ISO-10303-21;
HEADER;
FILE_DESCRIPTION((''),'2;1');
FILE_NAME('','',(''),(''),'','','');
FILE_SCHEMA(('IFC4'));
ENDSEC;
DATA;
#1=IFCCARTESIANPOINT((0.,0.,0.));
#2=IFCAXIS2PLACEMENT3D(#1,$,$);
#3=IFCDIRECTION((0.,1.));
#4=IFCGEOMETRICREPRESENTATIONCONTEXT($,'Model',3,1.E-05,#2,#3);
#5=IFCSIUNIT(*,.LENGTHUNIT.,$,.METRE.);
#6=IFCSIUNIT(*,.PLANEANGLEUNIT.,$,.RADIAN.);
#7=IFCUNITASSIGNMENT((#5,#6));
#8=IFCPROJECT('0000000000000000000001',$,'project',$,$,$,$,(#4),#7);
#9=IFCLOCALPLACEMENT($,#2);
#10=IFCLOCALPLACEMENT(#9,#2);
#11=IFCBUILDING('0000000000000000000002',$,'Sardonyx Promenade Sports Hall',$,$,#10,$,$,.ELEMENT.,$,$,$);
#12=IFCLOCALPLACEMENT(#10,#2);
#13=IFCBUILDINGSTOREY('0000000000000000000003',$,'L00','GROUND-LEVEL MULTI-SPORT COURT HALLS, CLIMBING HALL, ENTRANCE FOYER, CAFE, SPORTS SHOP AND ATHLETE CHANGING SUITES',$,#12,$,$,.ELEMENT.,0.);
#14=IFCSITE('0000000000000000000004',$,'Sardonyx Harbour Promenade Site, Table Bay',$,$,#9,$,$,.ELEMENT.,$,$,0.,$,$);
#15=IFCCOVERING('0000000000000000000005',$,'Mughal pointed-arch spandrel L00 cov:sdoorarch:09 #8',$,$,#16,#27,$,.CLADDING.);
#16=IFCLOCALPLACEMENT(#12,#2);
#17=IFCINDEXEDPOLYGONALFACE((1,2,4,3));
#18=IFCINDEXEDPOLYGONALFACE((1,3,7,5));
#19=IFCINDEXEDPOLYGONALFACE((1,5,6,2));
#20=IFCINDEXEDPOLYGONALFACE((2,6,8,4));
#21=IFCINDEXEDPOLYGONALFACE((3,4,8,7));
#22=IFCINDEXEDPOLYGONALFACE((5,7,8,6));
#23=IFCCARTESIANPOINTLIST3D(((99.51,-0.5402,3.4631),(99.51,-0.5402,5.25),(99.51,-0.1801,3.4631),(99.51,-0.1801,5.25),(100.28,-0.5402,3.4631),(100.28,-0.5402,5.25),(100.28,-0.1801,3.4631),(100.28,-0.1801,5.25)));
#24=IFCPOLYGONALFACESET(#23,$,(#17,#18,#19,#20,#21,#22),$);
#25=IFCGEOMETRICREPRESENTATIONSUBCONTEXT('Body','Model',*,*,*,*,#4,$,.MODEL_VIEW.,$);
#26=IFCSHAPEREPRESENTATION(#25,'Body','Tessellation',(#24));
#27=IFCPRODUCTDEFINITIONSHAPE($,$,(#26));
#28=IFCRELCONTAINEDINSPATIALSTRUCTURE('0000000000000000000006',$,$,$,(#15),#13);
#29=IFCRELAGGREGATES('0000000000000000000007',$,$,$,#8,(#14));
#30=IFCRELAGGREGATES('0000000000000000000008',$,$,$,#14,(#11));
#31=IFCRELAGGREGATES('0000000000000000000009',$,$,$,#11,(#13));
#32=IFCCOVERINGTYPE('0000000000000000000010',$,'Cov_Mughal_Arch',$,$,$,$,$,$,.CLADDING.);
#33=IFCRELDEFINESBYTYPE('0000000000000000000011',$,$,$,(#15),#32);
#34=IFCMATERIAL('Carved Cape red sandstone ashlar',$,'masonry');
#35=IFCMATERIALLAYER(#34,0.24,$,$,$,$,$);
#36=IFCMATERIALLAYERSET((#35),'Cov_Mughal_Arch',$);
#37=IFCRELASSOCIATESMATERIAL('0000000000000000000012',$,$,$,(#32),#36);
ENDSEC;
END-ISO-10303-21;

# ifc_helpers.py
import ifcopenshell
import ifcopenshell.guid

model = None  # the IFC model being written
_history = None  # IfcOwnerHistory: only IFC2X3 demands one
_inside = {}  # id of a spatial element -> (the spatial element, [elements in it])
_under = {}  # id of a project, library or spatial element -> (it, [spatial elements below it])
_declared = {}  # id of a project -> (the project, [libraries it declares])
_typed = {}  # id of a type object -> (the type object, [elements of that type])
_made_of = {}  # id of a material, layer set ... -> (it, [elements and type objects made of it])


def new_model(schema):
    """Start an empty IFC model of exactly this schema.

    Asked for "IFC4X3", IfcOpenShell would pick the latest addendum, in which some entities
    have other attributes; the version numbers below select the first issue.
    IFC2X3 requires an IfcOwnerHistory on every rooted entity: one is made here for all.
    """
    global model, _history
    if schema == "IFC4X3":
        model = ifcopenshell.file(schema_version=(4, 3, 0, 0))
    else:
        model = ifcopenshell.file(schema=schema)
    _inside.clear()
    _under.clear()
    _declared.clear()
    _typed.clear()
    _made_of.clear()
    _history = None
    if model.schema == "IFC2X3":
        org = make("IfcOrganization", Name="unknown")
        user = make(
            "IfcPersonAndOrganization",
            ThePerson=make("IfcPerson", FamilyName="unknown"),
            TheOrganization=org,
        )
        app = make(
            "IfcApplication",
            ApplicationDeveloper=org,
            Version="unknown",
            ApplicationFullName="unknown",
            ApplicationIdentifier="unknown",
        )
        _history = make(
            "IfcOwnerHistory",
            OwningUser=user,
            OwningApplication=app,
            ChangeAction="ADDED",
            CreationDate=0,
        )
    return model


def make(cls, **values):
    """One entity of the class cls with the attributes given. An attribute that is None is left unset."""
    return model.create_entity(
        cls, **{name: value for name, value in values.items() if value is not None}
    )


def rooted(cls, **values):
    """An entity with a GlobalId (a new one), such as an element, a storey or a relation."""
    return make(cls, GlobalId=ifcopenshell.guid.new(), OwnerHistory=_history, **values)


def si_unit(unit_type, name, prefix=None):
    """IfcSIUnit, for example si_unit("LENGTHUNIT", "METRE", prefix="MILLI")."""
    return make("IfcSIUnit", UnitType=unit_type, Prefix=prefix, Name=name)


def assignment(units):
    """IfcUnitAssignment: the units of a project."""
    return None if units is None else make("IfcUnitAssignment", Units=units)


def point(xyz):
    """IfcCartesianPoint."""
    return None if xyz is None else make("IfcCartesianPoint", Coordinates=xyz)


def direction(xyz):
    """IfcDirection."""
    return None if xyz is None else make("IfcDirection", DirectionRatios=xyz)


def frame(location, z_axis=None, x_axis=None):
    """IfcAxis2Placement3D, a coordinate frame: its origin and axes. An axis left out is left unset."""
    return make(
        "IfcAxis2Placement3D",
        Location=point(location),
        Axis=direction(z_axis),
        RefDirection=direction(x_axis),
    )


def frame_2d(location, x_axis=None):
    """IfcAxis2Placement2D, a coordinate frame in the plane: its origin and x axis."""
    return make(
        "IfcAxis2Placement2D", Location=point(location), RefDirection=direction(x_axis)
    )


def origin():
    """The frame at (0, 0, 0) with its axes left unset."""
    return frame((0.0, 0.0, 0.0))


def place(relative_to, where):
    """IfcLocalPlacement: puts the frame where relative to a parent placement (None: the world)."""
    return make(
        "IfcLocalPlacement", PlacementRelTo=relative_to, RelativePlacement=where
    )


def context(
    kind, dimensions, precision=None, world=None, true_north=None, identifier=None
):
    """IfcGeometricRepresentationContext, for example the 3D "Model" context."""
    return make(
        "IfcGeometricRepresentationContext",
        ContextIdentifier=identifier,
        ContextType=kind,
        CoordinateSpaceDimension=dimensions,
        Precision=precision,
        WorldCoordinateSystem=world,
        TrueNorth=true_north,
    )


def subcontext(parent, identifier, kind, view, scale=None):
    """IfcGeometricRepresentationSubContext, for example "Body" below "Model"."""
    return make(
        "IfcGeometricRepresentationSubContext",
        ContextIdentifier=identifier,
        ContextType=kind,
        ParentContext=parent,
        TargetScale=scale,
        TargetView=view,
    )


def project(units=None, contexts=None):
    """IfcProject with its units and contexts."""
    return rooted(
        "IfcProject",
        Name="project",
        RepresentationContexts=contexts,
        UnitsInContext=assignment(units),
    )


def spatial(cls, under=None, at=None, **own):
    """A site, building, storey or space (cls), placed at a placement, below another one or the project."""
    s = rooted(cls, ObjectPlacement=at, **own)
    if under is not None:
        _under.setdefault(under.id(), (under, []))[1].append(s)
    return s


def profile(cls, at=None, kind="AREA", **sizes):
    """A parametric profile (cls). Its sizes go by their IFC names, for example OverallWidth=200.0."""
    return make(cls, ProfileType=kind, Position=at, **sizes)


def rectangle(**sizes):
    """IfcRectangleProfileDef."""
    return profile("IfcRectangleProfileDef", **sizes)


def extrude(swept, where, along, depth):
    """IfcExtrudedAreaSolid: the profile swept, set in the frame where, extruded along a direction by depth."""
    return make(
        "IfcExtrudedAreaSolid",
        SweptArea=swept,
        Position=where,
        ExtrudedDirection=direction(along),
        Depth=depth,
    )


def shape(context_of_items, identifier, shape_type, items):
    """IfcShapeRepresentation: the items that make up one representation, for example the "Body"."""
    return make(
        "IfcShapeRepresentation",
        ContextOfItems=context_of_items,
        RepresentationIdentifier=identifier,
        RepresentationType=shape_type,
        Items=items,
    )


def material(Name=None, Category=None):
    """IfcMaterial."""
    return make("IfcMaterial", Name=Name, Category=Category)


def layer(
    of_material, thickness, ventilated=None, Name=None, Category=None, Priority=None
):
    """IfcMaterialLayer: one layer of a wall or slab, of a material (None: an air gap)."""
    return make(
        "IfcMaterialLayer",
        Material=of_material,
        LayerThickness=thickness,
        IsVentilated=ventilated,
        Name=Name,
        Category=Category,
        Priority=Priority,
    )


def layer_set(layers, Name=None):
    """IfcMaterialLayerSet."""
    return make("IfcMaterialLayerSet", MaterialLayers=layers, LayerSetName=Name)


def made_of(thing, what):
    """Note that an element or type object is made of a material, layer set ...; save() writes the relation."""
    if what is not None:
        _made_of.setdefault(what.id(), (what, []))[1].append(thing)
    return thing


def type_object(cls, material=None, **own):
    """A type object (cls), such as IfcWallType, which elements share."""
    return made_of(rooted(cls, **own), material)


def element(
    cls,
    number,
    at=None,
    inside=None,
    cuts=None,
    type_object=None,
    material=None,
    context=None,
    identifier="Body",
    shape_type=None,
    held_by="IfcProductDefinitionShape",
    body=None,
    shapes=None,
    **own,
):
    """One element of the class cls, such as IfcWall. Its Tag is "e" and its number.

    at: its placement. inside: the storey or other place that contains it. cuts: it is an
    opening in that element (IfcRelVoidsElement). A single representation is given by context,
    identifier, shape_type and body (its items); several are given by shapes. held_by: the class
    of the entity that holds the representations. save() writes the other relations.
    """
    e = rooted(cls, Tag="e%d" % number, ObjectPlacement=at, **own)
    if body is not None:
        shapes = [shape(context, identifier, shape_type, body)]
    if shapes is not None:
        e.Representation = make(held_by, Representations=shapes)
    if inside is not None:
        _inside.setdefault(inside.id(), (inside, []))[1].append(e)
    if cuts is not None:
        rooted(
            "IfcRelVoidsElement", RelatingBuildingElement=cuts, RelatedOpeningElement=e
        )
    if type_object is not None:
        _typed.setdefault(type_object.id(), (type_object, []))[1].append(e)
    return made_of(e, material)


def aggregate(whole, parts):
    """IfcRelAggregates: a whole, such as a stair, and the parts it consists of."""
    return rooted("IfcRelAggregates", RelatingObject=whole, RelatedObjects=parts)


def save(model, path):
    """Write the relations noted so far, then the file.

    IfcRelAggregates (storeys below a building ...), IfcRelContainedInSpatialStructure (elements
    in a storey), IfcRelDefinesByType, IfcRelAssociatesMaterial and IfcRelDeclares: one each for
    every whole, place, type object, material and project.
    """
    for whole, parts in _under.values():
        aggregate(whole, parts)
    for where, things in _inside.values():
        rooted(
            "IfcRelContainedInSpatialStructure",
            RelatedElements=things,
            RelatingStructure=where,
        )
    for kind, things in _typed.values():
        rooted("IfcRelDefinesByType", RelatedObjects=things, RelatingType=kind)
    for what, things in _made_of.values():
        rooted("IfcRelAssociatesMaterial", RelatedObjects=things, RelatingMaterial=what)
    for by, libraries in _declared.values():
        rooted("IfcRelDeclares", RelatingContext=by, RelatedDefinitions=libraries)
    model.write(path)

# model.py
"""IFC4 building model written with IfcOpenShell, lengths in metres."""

from ifc_helpers import new_model, si_unit, direction, frame, frame_2d, origin, place, context, subcontext, project, spatial, rectangle, extrude, material, layer, layer_set, type_object, element, save


model = new_model("IFC4")

# Units and contexts
model_context = context("Model", 3, precision=1e-05, world=origin(), true_north=direction((0.0, 1.0)))
body_context = subcontext(model_context, "Body", "Model", "MODEL_VIEW")
ifc_project = project(units=[si_unit("LENGTHUNIT", "METRE"), si_unit("PLANEANGLEUNIT", "RADIAN")], contexts=[model_context])

# Site, building, storey
site_placement = place(None, origin())
site = spatial("IfcSite", under=ifc_project, at=site_placement, Name="Sardonyx Harbour Promenade Site, Table Bay", CompositionType="ELEMENT", RefElevation=0.0)
building_placement = place(site_placement, origin())
building = spatial("IfcBuilding", under=site, at=building_placement, Name="Sardonyx Promenade Sports Hall", CompositionType="ELEMENT")
storey_placement = place(building_placement, origin())
storey = spatial("IfcBuildingStorey", under=building, at=storey_placement, Name="L00", Description="GROUND-LEVEL MULTI-SPORT COURT HALLS, CLIMBING HALL, ENTRANCE FOYER, CAFE, SPORTS SHOP AND ATHLETE CHANGING SUITES", CompositionType="ELEMENT", Elevation=0.0)

# Covering
ifc_material_1 = material(Name="Carved Cape red sandstone ashlar", Category="masonry")
ifc_layer_1 = layer(ifc_material_1, 0.24)
ifc_layer_set_1 = layer_set([ifc_layer_1], Name="Cov_Mughal_Arch")
covering_type = type_object("IfcCoveringType", Name="Cov_Mughal_Arch", PredefinedType="CLADDING", material=ifc_layer_set_1)
covering_1_placement = place(storey_placement, frame((99.51, -0.3601, 3.4631), z_axis=(0.0, 0.0, 1.0), x_axis=(1.0, 0.0, 0.0)))
element("IfcCovering", 1, at=covering_1_placement, inside=storey, type_object=covering_type, Name="Mughal pointed-arch spandrel L00 cov:sdoorarch:09 #8", PredefinedType="CLADDING", context=body_context, shape_type="SweptSolid", body=[
    extrude(rectangle(XDim=0.77, YDim=0.3601, at=frame_2d((0.385, 0.0))), origin(), (0.0, 0.0, 1.0), 1.7869),
])

save(model, "model.ifc")
